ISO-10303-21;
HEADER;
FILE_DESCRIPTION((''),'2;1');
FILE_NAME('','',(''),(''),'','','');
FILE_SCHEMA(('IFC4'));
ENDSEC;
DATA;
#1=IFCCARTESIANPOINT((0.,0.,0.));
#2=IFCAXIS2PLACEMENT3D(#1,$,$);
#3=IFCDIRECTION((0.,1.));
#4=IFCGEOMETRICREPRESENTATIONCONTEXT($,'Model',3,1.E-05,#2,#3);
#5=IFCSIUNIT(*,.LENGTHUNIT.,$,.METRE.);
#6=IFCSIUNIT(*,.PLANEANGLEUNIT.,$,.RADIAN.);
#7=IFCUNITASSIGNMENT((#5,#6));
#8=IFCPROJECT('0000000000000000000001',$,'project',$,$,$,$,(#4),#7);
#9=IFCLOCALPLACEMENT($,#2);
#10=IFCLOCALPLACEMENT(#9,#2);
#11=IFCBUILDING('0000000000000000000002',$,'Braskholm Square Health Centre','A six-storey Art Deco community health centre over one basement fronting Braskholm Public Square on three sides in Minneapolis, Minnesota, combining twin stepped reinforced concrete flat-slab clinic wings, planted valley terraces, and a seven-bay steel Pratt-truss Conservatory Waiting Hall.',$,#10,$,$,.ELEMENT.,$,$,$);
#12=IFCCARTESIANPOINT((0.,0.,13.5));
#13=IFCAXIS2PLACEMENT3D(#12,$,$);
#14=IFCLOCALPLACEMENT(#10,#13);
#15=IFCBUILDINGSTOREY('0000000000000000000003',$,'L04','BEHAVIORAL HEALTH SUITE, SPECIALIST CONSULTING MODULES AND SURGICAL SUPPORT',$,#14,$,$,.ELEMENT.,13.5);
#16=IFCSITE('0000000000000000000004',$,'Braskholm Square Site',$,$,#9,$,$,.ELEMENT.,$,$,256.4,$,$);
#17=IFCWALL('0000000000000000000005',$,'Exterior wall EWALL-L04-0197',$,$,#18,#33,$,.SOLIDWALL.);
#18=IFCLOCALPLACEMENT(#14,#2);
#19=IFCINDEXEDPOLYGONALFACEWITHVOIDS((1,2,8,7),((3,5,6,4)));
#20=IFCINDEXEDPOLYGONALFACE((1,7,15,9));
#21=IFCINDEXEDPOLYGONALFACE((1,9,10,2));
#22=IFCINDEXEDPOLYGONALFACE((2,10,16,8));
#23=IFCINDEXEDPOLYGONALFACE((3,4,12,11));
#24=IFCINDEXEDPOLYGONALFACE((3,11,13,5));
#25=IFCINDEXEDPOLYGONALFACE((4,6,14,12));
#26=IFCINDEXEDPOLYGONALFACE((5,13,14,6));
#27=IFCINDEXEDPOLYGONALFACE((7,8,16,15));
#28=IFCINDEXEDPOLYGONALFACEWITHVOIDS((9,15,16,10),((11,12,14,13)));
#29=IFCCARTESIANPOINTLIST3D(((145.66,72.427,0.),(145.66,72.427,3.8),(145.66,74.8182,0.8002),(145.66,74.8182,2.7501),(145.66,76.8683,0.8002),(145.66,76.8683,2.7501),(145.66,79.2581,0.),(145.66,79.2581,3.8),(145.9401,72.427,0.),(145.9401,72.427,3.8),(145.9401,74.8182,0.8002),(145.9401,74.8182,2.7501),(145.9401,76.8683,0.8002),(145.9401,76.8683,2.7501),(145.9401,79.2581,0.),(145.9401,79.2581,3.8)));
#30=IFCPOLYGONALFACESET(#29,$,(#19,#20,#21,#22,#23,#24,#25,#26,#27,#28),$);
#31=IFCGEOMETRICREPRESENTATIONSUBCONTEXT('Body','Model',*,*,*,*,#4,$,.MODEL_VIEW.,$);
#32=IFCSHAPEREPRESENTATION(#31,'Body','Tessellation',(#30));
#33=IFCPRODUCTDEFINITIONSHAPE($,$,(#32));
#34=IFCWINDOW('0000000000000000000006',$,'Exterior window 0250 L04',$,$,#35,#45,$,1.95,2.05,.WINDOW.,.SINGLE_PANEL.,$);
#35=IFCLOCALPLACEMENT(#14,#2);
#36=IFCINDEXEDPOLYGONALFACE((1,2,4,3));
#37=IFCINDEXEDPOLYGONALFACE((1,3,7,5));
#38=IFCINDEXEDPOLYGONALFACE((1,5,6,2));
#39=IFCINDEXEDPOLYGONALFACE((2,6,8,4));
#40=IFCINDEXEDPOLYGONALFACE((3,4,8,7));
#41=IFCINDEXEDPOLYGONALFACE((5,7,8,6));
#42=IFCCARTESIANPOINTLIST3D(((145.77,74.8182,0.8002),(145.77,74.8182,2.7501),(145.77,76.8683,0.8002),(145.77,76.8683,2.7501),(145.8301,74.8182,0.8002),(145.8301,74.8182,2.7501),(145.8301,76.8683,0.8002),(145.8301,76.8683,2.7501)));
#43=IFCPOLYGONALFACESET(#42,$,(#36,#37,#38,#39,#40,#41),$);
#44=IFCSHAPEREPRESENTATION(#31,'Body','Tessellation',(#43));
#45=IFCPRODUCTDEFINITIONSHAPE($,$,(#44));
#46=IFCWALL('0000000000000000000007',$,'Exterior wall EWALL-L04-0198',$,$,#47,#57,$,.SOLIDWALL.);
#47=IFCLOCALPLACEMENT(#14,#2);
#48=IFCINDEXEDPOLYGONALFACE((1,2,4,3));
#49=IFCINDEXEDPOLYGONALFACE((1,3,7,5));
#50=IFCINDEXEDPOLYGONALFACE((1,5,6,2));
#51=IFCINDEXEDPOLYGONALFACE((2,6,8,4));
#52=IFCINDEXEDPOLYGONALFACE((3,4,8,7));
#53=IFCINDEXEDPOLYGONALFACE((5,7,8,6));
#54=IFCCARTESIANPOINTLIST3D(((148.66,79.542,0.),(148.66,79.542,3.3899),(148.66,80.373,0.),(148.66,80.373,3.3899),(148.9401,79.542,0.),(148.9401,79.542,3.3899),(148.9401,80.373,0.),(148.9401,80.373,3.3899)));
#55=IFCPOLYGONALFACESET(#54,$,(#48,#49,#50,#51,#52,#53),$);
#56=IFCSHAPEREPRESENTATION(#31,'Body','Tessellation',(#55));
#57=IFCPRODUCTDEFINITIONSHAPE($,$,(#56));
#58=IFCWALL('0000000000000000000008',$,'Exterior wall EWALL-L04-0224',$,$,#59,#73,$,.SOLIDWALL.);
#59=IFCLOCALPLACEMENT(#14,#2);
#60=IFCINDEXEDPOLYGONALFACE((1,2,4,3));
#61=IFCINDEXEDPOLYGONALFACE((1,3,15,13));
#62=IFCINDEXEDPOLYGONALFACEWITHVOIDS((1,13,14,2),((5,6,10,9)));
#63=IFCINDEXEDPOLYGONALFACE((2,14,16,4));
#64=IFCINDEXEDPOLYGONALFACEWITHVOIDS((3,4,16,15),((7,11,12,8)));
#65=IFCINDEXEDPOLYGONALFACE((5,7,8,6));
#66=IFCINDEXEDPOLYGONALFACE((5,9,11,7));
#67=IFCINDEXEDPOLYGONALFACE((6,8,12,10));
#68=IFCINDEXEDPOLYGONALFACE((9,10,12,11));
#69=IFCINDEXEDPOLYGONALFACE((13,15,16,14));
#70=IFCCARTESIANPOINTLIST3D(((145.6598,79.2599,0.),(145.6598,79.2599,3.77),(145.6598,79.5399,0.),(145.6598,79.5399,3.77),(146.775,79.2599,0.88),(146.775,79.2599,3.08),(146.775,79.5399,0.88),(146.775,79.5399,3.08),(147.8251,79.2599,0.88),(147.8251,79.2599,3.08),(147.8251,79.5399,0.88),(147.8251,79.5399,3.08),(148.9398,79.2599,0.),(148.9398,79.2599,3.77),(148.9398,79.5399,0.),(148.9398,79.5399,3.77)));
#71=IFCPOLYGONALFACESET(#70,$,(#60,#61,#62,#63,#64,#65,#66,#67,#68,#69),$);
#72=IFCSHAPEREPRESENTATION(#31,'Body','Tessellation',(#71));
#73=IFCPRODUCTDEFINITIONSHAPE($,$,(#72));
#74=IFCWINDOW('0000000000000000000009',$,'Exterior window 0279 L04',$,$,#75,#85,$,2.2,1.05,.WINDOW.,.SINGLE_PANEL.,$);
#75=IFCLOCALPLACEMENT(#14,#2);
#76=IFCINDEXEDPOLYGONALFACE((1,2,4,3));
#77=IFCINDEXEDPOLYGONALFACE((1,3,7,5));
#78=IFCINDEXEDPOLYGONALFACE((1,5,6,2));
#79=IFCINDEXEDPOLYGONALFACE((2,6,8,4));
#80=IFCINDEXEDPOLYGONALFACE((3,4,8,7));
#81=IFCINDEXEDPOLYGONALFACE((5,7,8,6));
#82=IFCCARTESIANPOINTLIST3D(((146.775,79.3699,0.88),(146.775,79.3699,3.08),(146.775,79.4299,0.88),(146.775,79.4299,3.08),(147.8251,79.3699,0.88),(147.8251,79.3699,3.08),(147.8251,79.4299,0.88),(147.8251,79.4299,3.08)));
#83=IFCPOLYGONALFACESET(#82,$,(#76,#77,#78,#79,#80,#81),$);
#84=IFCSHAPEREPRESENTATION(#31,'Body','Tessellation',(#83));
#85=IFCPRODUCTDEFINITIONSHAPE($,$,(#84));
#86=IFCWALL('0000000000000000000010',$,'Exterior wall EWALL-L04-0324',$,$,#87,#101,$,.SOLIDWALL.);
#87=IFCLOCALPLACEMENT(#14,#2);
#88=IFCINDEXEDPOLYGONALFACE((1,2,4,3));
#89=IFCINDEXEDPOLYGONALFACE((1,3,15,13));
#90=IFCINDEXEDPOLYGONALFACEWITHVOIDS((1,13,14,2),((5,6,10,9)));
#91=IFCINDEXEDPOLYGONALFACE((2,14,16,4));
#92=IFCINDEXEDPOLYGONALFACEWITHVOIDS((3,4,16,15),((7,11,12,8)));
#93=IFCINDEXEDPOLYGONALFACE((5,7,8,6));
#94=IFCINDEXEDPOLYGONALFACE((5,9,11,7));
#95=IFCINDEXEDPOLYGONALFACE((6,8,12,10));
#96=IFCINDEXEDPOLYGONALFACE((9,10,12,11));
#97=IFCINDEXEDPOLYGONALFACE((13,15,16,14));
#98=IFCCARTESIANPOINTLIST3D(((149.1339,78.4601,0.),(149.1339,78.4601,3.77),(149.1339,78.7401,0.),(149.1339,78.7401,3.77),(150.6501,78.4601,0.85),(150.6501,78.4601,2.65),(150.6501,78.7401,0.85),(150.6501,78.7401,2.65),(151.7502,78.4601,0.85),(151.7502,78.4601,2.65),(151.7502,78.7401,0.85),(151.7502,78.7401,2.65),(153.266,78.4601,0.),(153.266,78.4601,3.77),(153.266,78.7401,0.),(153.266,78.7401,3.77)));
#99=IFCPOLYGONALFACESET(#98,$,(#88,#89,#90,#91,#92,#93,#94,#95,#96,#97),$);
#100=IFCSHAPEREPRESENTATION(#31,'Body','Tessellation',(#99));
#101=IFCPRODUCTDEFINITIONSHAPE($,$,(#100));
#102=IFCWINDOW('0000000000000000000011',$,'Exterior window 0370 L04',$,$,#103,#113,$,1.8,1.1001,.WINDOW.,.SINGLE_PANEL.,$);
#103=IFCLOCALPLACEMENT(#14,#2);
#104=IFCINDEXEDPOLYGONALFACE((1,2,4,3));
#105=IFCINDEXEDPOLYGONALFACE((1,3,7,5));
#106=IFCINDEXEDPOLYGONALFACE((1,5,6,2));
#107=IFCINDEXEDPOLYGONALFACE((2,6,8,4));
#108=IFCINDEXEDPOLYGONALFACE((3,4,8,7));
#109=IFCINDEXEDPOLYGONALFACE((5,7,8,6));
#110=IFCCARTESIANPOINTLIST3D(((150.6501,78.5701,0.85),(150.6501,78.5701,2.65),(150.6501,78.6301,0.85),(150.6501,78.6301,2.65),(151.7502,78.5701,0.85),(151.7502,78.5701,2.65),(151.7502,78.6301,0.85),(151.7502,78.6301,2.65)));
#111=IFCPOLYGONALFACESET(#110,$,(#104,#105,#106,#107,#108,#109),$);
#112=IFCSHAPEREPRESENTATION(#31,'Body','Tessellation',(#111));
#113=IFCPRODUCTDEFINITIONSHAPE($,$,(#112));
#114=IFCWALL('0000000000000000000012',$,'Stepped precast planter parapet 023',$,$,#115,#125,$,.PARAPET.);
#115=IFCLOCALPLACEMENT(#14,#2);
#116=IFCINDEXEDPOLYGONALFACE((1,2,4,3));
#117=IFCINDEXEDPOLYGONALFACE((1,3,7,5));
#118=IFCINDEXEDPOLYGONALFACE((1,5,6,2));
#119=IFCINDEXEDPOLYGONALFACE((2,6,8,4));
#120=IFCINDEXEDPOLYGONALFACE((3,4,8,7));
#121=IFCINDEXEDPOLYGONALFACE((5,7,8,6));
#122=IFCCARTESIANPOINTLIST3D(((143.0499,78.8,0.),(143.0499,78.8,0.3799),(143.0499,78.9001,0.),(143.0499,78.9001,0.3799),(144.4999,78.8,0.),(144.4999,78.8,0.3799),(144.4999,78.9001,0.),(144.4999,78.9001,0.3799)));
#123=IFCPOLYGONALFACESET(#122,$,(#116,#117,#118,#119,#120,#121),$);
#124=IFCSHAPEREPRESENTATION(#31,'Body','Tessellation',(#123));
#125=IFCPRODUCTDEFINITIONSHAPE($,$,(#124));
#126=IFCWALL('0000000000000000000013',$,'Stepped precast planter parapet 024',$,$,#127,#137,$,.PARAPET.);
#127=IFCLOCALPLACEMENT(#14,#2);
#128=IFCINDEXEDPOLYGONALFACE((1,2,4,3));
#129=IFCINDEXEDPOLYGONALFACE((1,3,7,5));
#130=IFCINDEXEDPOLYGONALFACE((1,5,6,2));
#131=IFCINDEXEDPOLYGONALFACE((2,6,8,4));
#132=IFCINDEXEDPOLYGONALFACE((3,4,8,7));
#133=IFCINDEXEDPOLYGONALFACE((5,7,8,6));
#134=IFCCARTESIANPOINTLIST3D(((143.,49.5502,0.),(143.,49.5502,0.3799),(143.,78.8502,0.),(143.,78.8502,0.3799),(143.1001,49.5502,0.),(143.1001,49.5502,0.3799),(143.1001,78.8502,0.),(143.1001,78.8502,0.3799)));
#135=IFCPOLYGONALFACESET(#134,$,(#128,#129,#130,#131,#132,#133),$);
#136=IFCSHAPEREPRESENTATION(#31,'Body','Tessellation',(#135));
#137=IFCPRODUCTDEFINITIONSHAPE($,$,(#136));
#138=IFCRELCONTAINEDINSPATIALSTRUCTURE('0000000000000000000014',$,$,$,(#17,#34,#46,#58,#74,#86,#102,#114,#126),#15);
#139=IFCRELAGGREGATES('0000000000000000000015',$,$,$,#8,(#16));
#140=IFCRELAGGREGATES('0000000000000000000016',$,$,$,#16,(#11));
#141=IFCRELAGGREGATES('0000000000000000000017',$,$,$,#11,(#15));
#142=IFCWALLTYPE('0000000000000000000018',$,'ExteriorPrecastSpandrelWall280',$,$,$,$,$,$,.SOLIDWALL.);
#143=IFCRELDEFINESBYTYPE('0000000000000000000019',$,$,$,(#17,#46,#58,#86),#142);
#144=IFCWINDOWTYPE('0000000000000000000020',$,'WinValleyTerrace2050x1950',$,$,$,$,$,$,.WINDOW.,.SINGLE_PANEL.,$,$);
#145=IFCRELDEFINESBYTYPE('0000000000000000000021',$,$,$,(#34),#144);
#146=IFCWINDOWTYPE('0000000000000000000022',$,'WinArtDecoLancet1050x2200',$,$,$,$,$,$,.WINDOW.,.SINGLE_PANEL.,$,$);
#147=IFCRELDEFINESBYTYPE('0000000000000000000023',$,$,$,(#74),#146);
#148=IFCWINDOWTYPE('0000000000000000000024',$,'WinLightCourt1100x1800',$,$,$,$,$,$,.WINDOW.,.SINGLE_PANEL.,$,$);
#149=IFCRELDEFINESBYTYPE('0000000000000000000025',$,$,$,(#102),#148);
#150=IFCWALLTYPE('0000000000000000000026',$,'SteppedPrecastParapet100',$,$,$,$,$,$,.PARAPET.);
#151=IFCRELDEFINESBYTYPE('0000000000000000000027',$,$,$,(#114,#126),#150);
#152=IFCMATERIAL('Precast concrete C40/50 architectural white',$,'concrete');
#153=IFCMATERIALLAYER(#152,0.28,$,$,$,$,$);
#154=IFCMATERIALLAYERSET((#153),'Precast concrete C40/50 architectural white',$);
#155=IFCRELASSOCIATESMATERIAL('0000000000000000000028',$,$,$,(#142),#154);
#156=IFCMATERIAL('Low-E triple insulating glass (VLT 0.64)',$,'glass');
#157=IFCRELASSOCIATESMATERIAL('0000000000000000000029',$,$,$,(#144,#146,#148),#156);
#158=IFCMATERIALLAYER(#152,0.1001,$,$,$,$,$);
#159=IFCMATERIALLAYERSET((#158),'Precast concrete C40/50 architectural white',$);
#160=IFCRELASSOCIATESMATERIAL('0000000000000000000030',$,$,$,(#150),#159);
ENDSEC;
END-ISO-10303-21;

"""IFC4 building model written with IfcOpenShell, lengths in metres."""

from ifc_helpers import new_model, si_unit, direction, frame, frame_2d, origin, origin_with_axes, place, context, subcontext, project, spatial, rectangle, extrude, material, layer, layer_set, type_object, element, fill, save


model = new_model("IFC4")

# Units and contexts
model_context = context("Model", 3, precision=1e-05, world=origin(), true_north=direction((0.0, 1.0)))
body_context = subcontext(model_context, "Body", "Model", "MODEL_VIEW")
ifc_project = project(units=[si_unit("LENGTHUNIT", "METRE"), si_unit("PLANEANGLEUNIT", "RADIAN")], contexts=[model_context])

# Site, building, storey
site_placement = place(None, origin())
site = spatial("IfcSite", under=ifc_project, at=site_placement, Name="Braskholm Square Site", CompositionType="ELEMENT", RefElevation=256.4)
building_placement = place(site_placement, origin())
building = spatial("IfcBuilding", under=site, at=building_placement, Name="Braskholm Square Health Centre", Description="A six-storey Art Deco community health centre over one basement fronting Braskholm Public Square on three sides in Minneapolis, Minnesota, combining twin stepped reinforced concrete flat-slab clinic wings, planted valley terraces, and a seven-bay steel Pratt-truss Conservatory Waiting Hall.", CompositionType="ELEMENT")
storey_placement = place(building_placement, frame((0.0, 0.0, 13.5)))
storey = spatial("IfcBuildingStorey", under=building, at=storey_placement, Name="L04", Description="BEHAVIORAL HEALTH SUITE, SPECIALIST CONSULTING MODULES AND SURGICAL SUPPORT", CompositionType="ELEMENT", Elevation=13.5)

# Shared definitions
ifc_material_1 = material(Name="Low-E triple insulating glass (VLT 0.64)", Category="glass")

# Wall, opening, window
ifc_material_2 = material(Name="Precast concrete C40/50 architectural white", Category="concrete")
ifc_layer_1 = layer(ifc_material_2, 0.28)
ifc_layer_set_1 = layer_set([ifc_layer_1], Name="Precast concrete C40/50 architectural white")
wall_type_1 = type_object("IfcWallType", Name="ExteriorPrecastSpandrelWall280", PredefinedType="SOLIDWALL", material=ifc_layer_set_1)
wall_1_placement = place(storey_placement, frame((145.8, 79.2581, 0.0), z_axis=(0.0, 0.0, 1.0), x_axis=(0.0, -1.0, 0.0)))
wall_1 = element("IfcWall", 1, at=wall_1_placement, inside=storey, type_object=wall_type_1, Name="Exterior wall EWALL-L04-0197", PredefinedType="SOLIDWALL", context=body_context, shape_type="SweptSolid", body=[
    extrude(rectangle(XDim=6.8311, YDim=0.28, at=frame_2d((3.4155, 0.0))), origin(), (0.0, 0.0, 1.0), 3.8),
])
opening_1_placement = place(wall_1_placement, frame((2.3899, 0.0, 0.8)))
opening_1 = element("IfcOpeningElement", 2, at=opening_1_placement, cuts=wall_1, PredefinedType="OPENING", context=body_context, shape_type="SweptSolid", body=[
    extrude(rectangle(XDim=2.05, YDim=1.95, at=frame_2d((1.0249, 0.9751))), frame((0.0, 0.1499, 0.0), z_axis=(0.0, -1.0, 0.0), x_axis=(1.0, 0.0, 0.0)), (0.0, 0.0, 1.0), 0.3),
])
window_type_1 = type_object("IfcWindowType", Name="WinValleyTerrace2050x1950", PartitioningType="SINGLE_PANEL", PredefinedType="WINDOW", material=ifc_material_1)
window_1_placement = place(opening_1_placement, origin_with_axes())
window_1 = element("IfcWindow", 3, at=window_1_placement, inside=storey, type_object=window_type_1, Name="Exterior window 0250 L04", OverallHeight=1.95, OverallWidth=2.05, PartitioningType="SINGLE_PANEL", PredefinedType="WINDOW", context=body_context, shape_type="SweptSolid", body=[
    extrude(rectangle(XDim=2.05, YDim=1.95, at=frame_2d((1.0249, 0.9751))), frame((0.0, 0.03, 0.0), z_axis=(0.0, -1.0, 0.0), x_axis=(1.0, 0.0, 0.0)), (0.0, 0.0, 1.0), 0.0601),
])
fill(opening_1, window_1)

# Wall
wall_2_placement = place(storey_placement, frame((148.8, 80.373, 0.0), z_axis=(0.0, 0.0, 1.0), x_axis=(0.0, -1.0, 0.0)))
element("IfcWall", 4, at=wall_2_placement, inside=storey, type_object=wall_type_1, Name="Exterior wall EWALL-L04-0198", PredefinedType="SOLIDWALL", context=body_context, shape_type="SweptSolid", body=[
    extrude(rectangle(XDim=0.8311, YDim=0.28, at=frame_2d((0.4155, 0.0))), origin(), (0.0, 0.0, 1.0), 3.3899),
])

# Walls, openings, windows
wall_3_placement = place(storey_placement, frame((148.9399, 79.3999, 0.0), z_axis=(0.0, 0.0, 1.0), x_axis=(-1.0, 0.0, 0.0)))
wall_3 = element("IfcWall", 5, at=wall_3_placement, inside=storey, type_object=wall_type_1, Name="Exterior wall EWALL-L04-0224", PredefinedType="SOLIDWALL", context=body_context, shape_type="SweptSolid", body=[
    extrude(rectangle(XDim=3.28, YDim=0.28, at=frame_2d((1.6401, 0.0))), origin(), (0.0, 0.0, 1.0), 3.77),
])
opening_2_placement = place(wall_3_placement, frame((1.115, 0.0, 0.8799)))
opening_2 = element("IfcOpeningElement", 6, at=opening_2_placement, cuts=wall_3, PredefinedType="OPENING", context=body_context, shape_type="SweptSolid", body=[
    extrude(rectangle(XDim=1.05, YDim=2.2, at=frame_2d((0.5249, 1.1001))), frame((0.0, 0.1499, 0.0), z_axis=(0.0, -1.0, 0.0), x_axis=(1.0, 0.0, 0.0)), (0.0, 0.0, 1.0), 0.3),
])
window_type_2 = type_object("IfcWindowType", Name="WinArtDecoLancet1050x2200", PartitioningType="SINGLE_PANEL", PredefinedType="WINDOW", material=ifc_material_1)
window_2_placement = place(opening_2_placement, origin_with_axes())
window_2 = element("IfcWindow", 7, at=window_2_placement, inside=storey, type_object=window_type_2, Name="Exterior window 0279 L04", OverallHeight=2.2, OverallWidth=1.05, PartitioningType="SINGLE_PANEL", PredefinedType="WINDOW", context=body_context, shape_type="SweptSolid", body=[
    extrude(rectangle(XDim=1.05, YDim=2.2, at=frame_2d((0.5249, 1.1001))), frame((0.0, 0.03, 0.0), z_axis=(0.0, -1.0, 0.0), x_axis=(1.0, 0.0, 0.0)), (0.0, 0.0, 1.0), 0.0601),
])
fill(opening_2, window_2)
wall_4_placement = place(storey_placement, frame((149.134, 78.6001, 0.0), z_axis=(0.0, 0.0, 1.0), x_axis=(1.0, 0.0, 0.0)))
wall_4 = element("IfcWall", 8, at=wall_4_placement, inside=storey, type_object=wall_type_1, Name="Exterior wall EWALL-L04-0324", PredefinedType="SOLIDWALL", context=body_context, shape_type="SweptSolid", body=[
    extrude(rectangle(XDim=4.1321, YDim=0.28, at=frame_2d((2.0659, 0.0))), origin(), (0.0, 0.0, 1.0), 3.77),
])
opening_3_placement = place(wall_4_placement, frame((1.5161, 0.0, 0.8501)))
opening_3 = element("IfcOpeningElement", 9, at=opening_3_placement, cuts=wall_4, PredefinedType="OPENING", context=body_context, shape_type="SweptSolid", body=[
    extrude(rectangle(XDim=1.1001, YDim=1.8, at=frame_2d((0.55, 0.8999))), frame((0.0, 0.1499, 0.0), z_axis=(0.0, -1.0, 0.0), x_axis=(1.0, 0.0, 0.0)), (0.0, 0.0, 1.0), 0.3),
])
window_type_3 = type_object("IfcWindowType", Name="WinLightCourt1100x1800", PartitioningType="SINGLE_PANEL", PredefinedType="WINDOW", material=ifc_material_1)
window_3_placement = place(opening_3_placement, origin_with_axes())
window_3 = element("IfcWindow", 10, at=window_3_placement, inside=storey, type_object=window_type_3, Name="Exterior window 0370 L04", OverallHeight=1.8, OverallWidth=1.1001, PartitioningType="SINGLE_PANEL", PredefinedType="WINDOW", context=body_context, shape_type="SweptSolid", body=[
    extrude(rectangle(XDim=1.1001, YDim=1.8, at=frame_2d((0.55, 0.8999))), frame((0.0, 0.03, 0.0), z_axis=(0.0, -1.0, 0.0), x_axis=(1.0, 0.0, 0.0)), (0.0, 0.0, 1.0), 0.0601),
])
fill(opening_3, window_3)

# Walls
ifc_layer_2 = layer(ifc_material_2, 0.1001)
ifc_layer_set_2 = layer_set([ifc_layer_2], Name="Precast concrete C40/50 architectural white")
wall_type_2 = type_object("IfcWallType", Name="SteppedPrecastParapet100", PredefinedType="PARAPET", material=ifc_layer_set_2)
wall_5_placement = place(storey_placement, frame((144.5, 78.8501, 0.0), z_axis=(0.0, 0.0, 1.0), x_axis=(-1.0, 0.0, 0.0)))
element("IfcWall", 11, at=wall_5_placement, inside=storey, type_object=wall_type_2, Name="Stepped precast planter parapet 023", PredefinedType="PARAPET", context=body_context, shape_type="SweptSolid", body=[
    extrude(rectangle(XDim=1.45, YDim=0.1001, at=frame_2d((0.7251, 0.0))), origin(), (0.0, 0.0, 1.0), 0.3799),
])
wall_6_placement = place(storey_placement, frame((143.05, 78.8501, 0.0), z_axis=(0.0, 0.0, 1.0), x_axis=(0.0, -1.0, 0.0)))
element("IfcWall", 12, at=wall_6_placement, inside=storey, type_object=wall_type_2, Name="Stepped precast planter parapet 024", PredefinedType="PARAPET", context=body_context, shape_type="SweptSolid", body=[
    extrude(rectangle(XDim=29.3, YDim=0.1001, at=frame_2d((14.6499, 0.0))), origin(), (0.0, 0.0, 1.0), 0.3799),
])

save(model, "model.ifc")
